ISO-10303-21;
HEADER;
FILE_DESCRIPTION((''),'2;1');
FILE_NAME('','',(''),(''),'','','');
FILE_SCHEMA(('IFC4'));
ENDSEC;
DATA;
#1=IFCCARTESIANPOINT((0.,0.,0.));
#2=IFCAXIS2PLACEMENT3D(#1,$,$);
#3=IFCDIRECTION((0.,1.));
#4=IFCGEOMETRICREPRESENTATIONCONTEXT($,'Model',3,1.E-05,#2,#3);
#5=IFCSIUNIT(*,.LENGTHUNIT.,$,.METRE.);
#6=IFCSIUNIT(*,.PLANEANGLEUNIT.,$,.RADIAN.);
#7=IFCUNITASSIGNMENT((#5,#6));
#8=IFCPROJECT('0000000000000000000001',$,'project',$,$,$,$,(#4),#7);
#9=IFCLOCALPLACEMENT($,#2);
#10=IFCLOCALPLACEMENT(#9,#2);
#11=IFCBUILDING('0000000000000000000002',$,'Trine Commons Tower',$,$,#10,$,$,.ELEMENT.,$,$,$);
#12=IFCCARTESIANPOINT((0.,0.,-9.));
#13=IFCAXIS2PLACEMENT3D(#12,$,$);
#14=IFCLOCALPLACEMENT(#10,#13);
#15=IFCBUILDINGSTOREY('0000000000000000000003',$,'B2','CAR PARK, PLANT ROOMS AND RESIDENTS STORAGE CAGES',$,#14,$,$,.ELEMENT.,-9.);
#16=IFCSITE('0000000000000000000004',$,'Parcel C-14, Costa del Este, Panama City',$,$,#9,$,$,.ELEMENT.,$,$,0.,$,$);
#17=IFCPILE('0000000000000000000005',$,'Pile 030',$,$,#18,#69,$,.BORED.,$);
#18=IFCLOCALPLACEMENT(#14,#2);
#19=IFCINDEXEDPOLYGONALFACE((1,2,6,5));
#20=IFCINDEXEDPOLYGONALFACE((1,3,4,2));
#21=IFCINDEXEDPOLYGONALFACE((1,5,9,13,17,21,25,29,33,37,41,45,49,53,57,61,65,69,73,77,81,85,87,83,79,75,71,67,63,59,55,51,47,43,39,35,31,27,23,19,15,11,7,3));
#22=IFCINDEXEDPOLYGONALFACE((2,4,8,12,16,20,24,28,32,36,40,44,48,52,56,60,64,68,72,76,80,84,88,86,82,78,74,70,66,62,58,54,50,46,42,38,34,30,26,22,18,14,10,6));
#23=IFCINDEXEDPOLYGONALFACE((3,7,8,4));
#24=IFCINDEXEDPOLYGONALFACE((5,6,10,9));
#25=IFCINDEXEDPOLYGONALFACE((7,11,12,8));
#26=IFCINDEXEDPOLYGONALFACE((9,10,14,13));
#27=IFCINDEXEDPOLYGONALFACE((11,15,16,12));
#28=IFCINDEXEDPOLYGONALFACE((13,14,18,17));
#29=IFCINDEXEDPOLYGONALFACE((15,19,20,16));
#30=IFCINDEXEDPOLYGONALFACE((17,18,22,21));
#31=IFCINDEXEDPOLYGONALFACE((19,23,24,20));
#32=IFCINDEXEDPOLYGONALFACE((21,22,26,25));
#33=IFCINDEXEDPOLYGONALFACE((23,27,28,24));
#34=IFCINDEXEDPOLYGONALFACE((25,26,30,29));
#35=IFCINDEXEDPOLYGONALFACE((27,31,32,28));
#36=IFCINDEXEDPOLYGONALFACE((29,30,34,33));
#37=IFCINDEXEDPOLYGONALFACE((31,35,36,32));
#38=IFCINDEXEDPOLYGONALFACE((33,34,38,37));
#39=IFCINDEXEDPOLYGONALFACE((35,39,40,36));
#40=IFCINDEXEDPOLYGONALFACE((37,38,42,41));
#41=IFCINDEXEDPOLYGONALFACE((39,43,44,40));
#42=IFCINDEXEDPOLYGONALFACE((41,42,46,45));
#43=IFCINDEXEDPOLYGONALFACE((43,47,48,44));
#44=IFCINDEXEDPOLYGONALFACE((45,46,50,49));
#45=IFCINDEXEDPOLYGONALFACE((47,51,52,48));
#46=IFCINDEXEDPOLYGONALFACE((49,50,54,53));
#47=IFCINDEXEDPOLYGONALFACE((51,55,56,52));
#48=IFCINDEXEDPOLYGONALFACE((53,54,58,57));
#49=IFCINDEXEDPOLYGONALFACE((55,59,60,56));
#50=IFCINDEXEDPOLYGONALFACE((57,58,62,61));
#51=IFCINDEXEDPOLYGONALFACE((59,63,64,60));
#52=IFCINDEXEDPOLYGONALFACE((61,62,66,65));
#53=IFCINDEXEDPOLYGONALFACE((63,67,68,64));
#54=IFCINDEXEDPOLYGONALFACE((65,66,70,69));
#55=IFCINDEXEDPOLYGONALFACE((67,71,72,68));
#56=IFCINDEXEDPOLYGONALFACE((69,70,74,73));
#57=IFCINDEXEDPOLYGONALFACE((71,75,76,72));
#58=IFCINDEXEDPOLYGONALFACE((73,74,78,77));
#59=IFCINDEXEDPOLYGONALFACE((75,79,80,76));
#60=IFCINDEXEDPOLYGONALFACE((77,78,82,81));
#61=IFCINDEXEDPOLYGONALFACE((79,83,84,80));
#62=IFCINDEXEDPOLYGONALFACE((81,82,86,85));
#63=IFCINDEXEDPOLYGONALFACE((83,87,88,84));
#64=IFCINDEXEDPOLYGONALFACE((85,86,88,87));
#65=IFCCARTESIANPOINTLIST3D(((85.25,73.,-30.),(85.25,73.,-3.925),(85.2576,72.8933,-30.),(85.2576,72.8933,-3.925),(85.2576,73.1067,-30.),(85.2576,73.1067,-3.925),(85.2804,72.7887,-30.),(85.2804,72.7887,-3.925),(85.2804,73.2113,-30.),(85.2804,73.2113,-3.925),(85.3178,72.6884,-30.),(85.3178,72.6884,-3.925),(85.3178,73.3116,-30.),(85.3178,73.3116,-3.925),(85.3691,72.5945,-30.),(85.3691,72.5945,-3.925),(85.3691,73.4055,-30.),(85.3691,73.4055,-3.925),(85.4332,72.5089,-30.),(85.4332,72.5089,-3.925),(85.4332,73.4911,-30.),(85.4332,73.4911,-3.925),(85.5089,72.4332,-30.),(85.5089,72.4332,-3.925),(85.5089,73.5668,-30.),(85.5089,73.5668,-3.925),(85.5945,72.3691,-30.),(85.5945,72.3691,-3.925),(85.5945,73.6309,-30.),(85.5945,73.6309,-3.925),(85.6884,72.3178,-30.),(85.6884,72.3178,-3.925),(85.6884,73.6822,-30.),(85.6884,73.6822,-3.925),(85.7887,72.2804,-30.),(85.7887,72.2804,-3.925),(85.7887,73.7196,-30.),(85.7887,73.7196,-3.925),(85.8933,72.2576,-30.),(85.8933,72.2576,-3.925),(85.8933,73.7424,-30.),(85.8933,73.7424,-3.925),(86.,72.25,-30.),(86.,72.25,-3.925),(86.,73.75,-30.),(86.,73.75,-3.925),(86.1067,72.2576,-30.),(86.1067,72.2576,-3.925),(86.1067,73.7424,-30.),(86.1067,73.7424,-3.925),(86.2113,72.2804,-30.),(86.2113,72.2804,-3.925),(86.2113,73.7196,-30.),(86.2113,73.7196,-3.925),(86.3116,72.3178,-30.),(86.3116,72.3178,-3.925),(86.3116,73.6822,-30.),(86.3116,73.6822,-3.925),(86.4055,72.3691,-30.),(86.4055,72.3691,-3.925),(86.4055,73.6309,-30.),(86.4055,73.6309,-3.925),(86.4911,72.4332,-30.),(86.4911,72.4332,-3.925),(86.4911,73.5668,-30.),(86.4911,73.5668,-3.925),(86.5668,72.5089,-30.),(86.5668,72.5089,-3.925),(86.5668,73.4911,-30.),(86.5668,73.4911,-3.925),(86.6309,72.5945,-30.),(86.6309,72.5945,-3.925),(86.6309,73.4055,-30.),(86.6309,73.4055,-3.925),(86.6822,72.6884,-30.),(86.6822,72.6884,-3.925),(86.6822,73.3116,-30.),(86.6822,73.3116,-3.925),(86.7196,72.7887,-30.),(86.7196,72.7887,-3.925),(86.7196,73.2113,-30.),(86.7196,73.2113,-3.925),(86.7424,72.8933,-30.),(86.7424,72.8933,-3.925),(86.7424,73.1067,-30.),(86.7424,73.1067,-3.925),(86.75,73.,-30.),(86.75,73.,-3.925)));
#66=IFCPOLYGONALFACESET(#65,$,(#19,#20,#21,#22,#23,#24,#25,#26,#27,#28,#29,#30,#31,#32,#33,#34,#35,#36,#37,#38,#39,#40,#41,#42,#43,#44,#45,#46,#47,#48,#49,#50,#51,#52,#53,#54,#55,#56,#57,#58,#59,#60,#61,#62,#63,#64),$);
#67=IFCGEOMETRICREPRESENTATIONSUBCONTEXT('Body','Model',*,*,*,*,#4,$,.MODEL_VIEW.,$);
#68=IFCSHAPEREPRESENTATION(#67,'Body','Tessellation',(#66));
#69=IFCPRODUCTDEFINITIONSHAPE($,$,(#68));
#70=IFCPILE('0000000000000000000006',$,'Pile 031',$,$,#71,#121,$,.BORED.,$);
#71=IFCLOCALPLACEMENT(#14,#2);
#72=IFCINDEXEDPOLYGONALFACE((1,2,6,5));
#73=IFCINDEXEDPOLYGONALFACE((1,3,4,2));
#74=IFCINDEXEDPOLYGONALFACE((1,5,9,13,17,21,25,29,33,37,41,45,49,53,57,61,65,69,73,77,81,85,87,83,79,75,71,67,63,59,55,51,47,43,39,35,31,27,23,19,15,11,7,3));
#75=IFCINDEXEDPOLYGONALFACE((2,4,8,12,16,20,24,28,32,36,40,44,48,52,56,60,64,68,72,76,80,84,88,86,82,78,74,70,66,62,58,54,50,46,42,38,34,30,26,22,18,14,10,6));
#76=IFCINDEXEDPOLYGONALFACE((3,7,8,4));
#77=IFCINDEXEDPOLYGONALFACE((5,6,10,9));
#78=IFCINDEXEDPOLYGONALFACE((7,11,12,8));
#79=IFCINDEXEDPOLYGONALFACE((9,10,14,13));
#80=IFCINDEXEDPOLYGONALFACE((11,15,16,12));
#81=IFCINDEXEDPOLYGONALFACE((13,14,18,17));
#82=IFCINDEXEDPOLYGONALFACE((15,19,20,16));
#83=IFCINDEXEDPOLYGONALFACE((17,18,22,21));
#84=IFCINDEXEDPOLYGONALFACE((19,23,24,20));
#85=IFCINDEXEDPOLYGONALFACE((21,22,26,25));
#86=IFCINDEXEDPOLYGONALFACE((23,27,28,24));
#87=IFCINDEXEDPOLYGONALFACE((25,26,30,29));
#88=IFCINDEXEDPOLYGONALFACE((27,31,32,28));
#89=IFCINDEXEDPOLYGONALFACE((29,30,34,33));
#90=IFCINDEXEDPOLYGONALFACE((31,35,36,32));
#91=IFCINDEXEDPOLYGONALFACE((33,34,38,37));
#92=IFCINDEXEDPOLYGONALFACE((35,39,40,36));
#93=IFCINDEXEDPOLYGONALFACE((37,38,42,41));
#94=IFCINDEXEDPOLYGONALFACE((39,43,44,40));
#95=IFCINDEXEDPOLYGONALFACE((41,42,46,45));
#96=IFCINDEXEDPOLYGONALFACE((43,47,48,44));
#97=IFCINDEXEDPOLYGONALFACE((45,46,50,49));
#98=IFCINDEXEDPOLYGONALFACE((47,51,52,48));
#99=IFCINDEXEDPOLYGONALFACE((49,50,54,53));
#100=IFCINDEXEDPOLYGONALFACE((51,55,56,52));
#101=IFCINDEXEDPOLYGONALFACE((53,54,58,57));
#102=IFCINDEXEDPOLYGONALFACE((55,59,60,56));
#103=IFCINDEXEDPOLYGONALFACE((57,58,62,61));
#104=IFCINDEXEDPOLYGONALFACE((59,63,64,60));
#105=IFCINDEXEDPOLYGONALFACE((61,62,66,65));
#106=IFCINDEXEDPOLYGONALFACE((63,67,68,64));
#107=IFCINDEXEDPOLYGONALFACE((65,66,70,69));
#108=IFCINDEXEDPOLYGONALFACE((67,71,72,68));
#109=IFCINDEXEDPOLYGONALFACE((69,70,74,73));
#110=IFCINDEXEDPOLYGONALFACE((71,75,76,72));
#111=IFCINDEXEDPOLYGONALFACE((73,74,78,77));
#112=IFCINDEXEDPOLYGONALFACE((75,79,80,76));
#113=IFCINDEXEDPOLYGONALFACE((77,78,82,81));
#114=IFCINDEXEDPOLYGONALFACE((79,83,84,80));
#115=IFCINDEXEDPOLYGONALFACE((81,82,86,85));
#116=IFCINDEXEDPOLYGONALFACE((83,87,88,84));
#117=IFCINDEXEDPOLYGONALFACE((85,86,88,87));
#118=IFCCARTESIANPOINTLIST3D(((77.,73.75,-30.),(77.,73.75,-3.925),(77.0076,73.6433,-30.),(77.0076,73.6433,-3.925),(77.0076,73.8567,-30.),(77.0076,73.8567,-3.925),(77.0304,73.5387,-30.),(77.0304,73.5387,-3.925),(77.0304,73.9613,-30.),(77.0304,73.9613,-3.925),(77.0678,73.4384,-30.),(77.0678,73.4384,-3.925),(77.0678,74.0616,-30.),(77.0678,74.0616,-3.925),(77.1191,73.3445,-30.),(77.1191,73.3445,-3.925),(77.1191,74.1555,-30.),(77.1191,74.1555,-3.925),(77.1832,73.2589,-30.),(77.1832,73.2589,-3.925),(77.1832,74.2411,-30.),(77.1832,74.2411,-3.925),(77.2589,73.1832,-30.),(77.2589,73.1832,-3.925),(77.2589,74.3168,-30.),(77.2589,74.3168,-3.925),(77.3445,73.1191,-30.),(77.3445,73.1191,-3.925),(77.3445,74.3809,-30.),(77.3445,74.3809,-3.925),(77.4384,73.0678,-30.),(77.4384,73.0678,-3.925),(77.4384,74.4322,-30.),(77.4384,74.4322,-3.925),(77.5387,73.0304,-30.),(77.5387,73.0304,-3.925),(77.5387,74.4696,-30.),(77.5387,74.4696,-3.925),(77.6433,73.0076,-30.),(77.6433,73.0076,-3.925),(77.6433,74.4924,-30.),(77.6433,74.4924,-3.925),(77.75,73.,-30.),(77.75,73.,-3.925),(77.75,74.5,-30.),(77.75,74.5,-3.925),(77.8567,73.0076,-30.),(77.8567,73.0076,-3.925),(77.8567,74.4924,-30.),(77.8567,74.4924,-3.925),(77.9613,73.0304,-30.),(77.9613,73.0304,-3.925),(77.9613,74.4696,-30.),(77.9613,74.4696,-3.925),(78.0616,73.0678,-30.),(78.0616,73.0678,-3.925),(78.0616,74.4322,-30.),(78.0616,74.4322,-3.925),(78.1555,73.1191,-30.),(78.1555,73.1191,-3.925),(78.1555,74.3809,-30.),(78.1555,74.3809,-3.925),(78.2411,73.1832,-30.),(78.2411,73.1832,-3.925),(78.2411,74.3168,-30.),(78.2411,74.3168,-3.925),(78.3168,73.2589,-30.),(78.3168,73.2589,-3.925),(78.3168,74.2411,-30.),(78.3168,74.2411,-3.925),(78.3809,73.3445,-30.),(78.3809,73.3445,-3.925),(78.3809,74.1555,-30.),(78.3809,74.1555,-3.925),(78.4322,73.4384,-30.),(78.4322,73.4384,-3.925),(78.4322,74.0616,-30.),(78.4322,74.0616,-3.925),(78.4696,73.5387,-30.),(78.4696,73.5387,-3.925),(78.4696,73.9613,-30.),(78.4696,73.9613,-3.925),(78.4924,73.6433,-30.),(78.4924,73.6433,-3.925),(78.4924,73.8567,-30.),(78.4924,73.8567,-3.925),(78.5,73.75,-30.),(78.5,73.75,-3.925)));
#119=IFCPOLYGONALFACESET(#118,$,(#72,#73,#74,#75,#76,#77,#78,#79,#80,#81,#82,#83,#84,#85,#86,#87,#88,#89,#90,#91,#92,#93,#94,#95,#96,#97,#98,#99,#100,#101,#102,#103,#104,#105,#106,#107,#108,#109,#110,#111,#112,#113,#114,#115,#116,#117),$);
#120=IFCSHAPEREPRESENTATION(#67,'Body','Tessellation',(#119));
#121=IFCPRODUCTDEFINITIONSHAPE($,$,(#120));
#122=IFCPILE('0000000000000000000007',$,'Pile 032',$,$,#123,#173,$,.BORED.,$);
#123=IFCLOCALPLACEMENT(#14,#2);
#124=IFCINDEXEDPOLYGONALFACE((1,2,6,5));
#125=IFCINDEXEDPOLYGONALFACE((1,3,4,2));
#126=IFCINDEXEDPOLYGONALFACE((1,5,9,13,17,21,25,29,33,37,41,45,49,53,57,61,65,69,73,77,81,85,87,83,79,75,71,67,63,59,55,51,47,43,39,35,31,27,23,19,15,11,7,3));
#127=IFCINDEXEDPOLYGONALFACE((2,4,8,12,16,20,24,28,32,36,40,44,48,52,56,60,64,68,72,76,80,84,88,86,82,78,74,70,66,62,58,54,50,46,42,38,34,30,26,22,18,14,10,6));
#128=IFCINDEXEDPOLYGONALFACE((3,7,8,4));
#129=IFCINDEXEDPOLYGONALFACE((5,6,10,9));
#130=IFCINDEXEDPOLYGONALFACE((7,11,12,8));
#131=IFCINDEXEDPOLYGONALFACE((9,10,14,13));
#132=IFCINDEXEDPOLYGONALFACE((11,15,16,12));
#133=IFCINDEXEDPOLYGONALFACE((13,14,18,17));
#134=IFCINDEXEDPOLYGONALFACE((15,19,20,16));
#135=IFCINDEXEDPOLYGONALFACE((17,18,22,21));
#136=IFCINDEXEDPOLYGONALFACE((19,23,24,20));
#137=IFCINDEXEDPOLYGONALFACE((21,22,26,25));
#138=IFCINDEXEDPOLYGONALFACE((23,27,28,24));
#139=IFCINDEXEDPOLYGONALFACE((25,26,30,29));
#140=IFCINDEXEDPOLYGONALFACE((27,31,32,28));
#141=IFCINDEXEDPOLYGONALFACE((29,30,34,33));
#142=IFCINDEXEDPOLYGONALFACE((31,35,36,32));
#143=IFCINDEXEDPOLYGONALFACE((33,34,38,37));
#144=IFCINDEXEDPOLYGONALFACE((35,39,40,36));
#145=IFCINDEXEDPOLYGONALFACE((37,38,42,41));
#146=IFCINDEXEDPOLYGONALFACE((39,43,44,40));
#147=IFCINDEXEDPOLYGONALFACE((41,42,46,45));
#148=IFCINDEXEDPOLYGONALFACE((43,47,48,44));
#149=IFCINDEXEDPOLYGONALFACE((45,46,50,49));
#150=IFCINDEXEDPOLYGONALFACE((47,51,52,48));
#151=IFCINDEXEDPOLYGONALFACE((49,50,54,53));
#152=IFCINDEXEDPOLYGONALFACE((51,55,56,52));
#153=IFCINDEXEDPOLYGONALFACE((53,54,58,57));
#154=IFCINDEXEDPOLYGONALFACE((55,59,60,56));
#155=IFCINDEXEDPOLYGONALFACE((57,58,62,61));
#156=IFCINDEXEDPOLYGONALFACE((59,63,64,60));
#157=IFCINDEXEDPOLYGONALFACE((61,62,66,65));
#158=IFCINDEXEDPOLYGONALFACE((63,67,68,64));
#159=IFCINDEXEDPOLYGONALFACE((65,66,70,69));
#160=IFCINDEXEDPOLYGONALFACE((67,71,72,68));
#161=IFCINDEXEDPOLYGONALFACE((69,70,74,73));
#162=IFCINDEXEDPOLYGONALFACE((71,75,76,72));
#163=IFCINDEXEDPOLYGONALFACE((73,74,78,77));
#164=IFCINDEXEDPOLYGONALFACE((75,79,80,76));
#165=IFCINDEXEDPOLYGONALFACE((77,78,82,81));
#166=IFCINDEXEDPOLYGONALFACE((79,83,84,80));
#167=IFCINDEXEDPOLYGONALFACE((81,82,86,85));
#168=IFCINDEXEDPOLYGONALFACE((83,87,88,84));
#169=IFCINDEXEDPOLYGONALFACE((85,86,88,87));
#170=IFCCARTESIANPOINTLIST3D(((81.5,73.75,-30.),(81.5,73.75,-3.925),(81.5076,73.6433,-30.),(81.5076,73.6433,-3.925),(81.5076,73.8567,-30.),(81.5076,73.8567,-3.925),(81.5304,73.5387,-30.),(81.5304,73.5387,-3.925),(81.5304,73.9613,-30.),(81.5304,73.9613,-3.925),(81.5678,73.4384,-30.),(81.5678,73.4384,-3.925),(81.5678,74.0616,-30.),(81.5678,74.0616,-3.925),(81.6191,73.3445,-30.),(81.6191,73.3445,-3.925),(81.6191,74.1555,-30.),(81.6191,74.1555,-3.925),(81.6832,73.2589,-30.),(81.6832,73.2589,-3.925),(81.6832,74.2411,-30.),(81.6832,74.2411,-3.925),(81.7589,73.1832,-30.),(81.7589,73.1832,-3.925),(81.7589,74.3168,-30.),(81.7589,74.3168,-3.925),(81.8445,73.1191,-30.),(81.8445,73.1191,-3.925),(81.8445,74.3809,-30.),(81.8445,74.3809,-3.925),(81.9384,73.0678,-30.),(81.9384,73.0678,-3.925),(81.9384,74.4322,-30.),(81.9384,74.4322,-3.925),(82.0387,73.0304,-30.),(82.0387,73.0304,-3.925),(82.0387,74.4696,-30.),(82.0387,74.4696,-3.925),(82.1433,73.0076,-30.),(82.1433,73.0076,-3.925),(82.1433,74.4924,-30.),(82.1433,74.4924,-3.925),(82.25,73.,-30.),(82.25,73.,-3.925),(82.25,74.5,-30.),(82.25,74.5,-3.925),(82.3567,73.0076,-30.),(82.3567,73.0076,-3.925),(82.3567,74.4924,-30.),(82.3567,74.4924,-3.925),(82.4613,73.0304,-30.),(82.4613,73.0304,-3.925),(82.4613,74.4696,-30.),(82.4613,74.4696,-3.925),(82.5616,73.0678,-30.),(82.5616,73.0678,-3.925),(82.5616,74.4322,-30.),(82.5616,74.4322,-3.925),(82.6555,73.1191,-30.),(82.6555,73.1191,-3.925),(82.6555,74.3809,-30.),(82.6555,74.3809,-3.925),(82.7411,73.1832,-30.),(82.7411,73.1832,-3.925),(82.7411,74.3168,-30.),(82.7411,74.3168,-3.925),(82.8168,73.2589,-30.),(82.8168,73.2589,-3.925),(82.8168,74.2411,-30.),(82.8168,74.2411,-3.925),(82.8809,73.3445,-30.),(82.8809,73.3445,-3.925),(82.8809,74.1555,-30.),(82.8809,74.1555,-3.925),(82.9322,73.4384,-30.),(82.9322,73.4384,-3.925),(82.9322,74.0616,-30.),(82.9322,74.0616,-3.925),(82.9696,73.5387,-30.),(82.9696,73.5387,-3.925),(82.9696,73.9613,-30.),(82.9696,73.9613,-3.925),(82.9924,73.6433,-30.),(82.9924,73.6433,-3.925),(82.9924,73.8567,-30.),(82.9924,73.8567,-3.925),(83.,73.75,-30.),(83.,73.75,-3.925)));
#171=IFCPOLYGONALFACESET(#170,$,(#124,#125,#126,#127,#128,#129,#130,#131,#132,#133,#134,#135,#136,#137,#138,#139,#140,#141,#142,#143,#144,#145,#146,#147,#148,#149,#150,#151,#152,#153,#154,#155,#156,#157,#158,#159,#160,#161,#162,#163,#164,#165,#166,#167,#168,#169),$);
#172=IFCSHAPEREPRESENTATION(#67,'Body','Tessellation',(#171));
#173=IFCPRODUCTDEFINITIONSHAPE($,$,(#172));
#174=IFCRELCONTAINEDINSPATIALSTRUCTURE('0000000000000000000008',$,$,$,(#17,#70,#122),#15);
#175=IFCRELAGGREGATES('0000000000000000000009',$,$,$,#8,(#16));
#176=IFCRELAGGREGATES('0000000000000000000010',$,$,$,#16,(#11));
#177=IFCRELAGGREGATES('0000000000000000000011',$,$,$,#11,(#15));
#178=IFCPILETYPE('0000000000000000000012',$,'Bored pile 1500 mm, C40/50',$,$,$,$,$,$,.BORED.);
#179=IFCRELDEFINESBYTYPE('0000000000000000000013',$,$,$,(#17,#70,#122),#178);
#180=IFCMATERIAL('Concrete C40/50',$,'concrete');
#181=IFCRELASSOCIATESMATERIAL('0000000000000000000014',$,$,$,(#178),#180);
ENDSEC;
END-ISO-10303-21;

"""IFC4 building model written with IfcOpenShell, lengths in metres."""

from ifc_helpers import new_model, si_unit, direction, frame, origin, origin_2d, place, context, subcontext, project, spatial, circle, extrude, material, type_object, element, save


model = new_model("IFC4")

# Units and contexts
model_context = context("Model", 3, precision=1e-05, world=origin(), true_north=direction((0.0, 1.0)))
body_context = subcontext(model_context, "Body", "Model", "MODEL_VIEW")
ifc_project = project(units=[si_unit("LENGTHUNIT", "METRE"), si_unit("PLANEANGLEUNIT", "RADIAN")], contexts=[model_context])

# Site, building, storey
site_placement = place(None, origin())
site = spatial("IfcSite", under=ifc_project, at=site_placement, Name="Parcel C-14, Costa del Este, Panama City", CompositionType="ELEMENT", RefElevation=0.0)
building_placement = place(site_placement, origin())
building = spatial("IfcBuilding", under=site, at=building_placement, Name="Trine Commons Tower", CompositionType="ELEMENT")
storey_placement = place(building_placement, frame((0.0, 0.0, -9.0)))
storey = spatial("IfcBuildingStorey", under=building, at=storey_placement, Name="B2", Description="CAR PARK, PLANT ROOMS AND RESIDENTS STORAGE CAGES", CompositionType="ELEMENT", Elevation=-9.0)

# Piles
ifc_material_1 = material(Name="Concrete C40/50", Category="concrete")
pile_type = type_object("IfcPileType", Name="Bored pile 1500 mm, C40/50", PredefinedType="BORED", material=ifc_material_1)
for number, where, z_axis, x_axis, name in (
    (1, (86.0, 73.0, -3.925), (0.0, 0.0, -1.0), (1.0, 0.0, 0.0), "Pile 030"),
    (2, (77.75, 73.75, -3.925), (0.0, 0.0, -1.0), (1.0, 0.0, 0.0), "Pile 031"),
    (3, (82.25, 73.75, -3.925), (0.0, 0.0, -1.0), (1.0, 0.0, 0.0), "Pile 032"),
):
    element("IfcPile", number, at=place(storey_placement, frame(where, z_axis=z_axis, x_axis=x_axis)), inside=storey, type_object=pile_type, Name=name, PredefinedType="BORED", context=body_context, shape_type="SweptSolid", body=[
        extrude(circle(Radius=0.75, at=origin_2d()), origin(), (0.0, 0.0, 1.0), 26.075),
    ])

save(model, "model.ifc")
